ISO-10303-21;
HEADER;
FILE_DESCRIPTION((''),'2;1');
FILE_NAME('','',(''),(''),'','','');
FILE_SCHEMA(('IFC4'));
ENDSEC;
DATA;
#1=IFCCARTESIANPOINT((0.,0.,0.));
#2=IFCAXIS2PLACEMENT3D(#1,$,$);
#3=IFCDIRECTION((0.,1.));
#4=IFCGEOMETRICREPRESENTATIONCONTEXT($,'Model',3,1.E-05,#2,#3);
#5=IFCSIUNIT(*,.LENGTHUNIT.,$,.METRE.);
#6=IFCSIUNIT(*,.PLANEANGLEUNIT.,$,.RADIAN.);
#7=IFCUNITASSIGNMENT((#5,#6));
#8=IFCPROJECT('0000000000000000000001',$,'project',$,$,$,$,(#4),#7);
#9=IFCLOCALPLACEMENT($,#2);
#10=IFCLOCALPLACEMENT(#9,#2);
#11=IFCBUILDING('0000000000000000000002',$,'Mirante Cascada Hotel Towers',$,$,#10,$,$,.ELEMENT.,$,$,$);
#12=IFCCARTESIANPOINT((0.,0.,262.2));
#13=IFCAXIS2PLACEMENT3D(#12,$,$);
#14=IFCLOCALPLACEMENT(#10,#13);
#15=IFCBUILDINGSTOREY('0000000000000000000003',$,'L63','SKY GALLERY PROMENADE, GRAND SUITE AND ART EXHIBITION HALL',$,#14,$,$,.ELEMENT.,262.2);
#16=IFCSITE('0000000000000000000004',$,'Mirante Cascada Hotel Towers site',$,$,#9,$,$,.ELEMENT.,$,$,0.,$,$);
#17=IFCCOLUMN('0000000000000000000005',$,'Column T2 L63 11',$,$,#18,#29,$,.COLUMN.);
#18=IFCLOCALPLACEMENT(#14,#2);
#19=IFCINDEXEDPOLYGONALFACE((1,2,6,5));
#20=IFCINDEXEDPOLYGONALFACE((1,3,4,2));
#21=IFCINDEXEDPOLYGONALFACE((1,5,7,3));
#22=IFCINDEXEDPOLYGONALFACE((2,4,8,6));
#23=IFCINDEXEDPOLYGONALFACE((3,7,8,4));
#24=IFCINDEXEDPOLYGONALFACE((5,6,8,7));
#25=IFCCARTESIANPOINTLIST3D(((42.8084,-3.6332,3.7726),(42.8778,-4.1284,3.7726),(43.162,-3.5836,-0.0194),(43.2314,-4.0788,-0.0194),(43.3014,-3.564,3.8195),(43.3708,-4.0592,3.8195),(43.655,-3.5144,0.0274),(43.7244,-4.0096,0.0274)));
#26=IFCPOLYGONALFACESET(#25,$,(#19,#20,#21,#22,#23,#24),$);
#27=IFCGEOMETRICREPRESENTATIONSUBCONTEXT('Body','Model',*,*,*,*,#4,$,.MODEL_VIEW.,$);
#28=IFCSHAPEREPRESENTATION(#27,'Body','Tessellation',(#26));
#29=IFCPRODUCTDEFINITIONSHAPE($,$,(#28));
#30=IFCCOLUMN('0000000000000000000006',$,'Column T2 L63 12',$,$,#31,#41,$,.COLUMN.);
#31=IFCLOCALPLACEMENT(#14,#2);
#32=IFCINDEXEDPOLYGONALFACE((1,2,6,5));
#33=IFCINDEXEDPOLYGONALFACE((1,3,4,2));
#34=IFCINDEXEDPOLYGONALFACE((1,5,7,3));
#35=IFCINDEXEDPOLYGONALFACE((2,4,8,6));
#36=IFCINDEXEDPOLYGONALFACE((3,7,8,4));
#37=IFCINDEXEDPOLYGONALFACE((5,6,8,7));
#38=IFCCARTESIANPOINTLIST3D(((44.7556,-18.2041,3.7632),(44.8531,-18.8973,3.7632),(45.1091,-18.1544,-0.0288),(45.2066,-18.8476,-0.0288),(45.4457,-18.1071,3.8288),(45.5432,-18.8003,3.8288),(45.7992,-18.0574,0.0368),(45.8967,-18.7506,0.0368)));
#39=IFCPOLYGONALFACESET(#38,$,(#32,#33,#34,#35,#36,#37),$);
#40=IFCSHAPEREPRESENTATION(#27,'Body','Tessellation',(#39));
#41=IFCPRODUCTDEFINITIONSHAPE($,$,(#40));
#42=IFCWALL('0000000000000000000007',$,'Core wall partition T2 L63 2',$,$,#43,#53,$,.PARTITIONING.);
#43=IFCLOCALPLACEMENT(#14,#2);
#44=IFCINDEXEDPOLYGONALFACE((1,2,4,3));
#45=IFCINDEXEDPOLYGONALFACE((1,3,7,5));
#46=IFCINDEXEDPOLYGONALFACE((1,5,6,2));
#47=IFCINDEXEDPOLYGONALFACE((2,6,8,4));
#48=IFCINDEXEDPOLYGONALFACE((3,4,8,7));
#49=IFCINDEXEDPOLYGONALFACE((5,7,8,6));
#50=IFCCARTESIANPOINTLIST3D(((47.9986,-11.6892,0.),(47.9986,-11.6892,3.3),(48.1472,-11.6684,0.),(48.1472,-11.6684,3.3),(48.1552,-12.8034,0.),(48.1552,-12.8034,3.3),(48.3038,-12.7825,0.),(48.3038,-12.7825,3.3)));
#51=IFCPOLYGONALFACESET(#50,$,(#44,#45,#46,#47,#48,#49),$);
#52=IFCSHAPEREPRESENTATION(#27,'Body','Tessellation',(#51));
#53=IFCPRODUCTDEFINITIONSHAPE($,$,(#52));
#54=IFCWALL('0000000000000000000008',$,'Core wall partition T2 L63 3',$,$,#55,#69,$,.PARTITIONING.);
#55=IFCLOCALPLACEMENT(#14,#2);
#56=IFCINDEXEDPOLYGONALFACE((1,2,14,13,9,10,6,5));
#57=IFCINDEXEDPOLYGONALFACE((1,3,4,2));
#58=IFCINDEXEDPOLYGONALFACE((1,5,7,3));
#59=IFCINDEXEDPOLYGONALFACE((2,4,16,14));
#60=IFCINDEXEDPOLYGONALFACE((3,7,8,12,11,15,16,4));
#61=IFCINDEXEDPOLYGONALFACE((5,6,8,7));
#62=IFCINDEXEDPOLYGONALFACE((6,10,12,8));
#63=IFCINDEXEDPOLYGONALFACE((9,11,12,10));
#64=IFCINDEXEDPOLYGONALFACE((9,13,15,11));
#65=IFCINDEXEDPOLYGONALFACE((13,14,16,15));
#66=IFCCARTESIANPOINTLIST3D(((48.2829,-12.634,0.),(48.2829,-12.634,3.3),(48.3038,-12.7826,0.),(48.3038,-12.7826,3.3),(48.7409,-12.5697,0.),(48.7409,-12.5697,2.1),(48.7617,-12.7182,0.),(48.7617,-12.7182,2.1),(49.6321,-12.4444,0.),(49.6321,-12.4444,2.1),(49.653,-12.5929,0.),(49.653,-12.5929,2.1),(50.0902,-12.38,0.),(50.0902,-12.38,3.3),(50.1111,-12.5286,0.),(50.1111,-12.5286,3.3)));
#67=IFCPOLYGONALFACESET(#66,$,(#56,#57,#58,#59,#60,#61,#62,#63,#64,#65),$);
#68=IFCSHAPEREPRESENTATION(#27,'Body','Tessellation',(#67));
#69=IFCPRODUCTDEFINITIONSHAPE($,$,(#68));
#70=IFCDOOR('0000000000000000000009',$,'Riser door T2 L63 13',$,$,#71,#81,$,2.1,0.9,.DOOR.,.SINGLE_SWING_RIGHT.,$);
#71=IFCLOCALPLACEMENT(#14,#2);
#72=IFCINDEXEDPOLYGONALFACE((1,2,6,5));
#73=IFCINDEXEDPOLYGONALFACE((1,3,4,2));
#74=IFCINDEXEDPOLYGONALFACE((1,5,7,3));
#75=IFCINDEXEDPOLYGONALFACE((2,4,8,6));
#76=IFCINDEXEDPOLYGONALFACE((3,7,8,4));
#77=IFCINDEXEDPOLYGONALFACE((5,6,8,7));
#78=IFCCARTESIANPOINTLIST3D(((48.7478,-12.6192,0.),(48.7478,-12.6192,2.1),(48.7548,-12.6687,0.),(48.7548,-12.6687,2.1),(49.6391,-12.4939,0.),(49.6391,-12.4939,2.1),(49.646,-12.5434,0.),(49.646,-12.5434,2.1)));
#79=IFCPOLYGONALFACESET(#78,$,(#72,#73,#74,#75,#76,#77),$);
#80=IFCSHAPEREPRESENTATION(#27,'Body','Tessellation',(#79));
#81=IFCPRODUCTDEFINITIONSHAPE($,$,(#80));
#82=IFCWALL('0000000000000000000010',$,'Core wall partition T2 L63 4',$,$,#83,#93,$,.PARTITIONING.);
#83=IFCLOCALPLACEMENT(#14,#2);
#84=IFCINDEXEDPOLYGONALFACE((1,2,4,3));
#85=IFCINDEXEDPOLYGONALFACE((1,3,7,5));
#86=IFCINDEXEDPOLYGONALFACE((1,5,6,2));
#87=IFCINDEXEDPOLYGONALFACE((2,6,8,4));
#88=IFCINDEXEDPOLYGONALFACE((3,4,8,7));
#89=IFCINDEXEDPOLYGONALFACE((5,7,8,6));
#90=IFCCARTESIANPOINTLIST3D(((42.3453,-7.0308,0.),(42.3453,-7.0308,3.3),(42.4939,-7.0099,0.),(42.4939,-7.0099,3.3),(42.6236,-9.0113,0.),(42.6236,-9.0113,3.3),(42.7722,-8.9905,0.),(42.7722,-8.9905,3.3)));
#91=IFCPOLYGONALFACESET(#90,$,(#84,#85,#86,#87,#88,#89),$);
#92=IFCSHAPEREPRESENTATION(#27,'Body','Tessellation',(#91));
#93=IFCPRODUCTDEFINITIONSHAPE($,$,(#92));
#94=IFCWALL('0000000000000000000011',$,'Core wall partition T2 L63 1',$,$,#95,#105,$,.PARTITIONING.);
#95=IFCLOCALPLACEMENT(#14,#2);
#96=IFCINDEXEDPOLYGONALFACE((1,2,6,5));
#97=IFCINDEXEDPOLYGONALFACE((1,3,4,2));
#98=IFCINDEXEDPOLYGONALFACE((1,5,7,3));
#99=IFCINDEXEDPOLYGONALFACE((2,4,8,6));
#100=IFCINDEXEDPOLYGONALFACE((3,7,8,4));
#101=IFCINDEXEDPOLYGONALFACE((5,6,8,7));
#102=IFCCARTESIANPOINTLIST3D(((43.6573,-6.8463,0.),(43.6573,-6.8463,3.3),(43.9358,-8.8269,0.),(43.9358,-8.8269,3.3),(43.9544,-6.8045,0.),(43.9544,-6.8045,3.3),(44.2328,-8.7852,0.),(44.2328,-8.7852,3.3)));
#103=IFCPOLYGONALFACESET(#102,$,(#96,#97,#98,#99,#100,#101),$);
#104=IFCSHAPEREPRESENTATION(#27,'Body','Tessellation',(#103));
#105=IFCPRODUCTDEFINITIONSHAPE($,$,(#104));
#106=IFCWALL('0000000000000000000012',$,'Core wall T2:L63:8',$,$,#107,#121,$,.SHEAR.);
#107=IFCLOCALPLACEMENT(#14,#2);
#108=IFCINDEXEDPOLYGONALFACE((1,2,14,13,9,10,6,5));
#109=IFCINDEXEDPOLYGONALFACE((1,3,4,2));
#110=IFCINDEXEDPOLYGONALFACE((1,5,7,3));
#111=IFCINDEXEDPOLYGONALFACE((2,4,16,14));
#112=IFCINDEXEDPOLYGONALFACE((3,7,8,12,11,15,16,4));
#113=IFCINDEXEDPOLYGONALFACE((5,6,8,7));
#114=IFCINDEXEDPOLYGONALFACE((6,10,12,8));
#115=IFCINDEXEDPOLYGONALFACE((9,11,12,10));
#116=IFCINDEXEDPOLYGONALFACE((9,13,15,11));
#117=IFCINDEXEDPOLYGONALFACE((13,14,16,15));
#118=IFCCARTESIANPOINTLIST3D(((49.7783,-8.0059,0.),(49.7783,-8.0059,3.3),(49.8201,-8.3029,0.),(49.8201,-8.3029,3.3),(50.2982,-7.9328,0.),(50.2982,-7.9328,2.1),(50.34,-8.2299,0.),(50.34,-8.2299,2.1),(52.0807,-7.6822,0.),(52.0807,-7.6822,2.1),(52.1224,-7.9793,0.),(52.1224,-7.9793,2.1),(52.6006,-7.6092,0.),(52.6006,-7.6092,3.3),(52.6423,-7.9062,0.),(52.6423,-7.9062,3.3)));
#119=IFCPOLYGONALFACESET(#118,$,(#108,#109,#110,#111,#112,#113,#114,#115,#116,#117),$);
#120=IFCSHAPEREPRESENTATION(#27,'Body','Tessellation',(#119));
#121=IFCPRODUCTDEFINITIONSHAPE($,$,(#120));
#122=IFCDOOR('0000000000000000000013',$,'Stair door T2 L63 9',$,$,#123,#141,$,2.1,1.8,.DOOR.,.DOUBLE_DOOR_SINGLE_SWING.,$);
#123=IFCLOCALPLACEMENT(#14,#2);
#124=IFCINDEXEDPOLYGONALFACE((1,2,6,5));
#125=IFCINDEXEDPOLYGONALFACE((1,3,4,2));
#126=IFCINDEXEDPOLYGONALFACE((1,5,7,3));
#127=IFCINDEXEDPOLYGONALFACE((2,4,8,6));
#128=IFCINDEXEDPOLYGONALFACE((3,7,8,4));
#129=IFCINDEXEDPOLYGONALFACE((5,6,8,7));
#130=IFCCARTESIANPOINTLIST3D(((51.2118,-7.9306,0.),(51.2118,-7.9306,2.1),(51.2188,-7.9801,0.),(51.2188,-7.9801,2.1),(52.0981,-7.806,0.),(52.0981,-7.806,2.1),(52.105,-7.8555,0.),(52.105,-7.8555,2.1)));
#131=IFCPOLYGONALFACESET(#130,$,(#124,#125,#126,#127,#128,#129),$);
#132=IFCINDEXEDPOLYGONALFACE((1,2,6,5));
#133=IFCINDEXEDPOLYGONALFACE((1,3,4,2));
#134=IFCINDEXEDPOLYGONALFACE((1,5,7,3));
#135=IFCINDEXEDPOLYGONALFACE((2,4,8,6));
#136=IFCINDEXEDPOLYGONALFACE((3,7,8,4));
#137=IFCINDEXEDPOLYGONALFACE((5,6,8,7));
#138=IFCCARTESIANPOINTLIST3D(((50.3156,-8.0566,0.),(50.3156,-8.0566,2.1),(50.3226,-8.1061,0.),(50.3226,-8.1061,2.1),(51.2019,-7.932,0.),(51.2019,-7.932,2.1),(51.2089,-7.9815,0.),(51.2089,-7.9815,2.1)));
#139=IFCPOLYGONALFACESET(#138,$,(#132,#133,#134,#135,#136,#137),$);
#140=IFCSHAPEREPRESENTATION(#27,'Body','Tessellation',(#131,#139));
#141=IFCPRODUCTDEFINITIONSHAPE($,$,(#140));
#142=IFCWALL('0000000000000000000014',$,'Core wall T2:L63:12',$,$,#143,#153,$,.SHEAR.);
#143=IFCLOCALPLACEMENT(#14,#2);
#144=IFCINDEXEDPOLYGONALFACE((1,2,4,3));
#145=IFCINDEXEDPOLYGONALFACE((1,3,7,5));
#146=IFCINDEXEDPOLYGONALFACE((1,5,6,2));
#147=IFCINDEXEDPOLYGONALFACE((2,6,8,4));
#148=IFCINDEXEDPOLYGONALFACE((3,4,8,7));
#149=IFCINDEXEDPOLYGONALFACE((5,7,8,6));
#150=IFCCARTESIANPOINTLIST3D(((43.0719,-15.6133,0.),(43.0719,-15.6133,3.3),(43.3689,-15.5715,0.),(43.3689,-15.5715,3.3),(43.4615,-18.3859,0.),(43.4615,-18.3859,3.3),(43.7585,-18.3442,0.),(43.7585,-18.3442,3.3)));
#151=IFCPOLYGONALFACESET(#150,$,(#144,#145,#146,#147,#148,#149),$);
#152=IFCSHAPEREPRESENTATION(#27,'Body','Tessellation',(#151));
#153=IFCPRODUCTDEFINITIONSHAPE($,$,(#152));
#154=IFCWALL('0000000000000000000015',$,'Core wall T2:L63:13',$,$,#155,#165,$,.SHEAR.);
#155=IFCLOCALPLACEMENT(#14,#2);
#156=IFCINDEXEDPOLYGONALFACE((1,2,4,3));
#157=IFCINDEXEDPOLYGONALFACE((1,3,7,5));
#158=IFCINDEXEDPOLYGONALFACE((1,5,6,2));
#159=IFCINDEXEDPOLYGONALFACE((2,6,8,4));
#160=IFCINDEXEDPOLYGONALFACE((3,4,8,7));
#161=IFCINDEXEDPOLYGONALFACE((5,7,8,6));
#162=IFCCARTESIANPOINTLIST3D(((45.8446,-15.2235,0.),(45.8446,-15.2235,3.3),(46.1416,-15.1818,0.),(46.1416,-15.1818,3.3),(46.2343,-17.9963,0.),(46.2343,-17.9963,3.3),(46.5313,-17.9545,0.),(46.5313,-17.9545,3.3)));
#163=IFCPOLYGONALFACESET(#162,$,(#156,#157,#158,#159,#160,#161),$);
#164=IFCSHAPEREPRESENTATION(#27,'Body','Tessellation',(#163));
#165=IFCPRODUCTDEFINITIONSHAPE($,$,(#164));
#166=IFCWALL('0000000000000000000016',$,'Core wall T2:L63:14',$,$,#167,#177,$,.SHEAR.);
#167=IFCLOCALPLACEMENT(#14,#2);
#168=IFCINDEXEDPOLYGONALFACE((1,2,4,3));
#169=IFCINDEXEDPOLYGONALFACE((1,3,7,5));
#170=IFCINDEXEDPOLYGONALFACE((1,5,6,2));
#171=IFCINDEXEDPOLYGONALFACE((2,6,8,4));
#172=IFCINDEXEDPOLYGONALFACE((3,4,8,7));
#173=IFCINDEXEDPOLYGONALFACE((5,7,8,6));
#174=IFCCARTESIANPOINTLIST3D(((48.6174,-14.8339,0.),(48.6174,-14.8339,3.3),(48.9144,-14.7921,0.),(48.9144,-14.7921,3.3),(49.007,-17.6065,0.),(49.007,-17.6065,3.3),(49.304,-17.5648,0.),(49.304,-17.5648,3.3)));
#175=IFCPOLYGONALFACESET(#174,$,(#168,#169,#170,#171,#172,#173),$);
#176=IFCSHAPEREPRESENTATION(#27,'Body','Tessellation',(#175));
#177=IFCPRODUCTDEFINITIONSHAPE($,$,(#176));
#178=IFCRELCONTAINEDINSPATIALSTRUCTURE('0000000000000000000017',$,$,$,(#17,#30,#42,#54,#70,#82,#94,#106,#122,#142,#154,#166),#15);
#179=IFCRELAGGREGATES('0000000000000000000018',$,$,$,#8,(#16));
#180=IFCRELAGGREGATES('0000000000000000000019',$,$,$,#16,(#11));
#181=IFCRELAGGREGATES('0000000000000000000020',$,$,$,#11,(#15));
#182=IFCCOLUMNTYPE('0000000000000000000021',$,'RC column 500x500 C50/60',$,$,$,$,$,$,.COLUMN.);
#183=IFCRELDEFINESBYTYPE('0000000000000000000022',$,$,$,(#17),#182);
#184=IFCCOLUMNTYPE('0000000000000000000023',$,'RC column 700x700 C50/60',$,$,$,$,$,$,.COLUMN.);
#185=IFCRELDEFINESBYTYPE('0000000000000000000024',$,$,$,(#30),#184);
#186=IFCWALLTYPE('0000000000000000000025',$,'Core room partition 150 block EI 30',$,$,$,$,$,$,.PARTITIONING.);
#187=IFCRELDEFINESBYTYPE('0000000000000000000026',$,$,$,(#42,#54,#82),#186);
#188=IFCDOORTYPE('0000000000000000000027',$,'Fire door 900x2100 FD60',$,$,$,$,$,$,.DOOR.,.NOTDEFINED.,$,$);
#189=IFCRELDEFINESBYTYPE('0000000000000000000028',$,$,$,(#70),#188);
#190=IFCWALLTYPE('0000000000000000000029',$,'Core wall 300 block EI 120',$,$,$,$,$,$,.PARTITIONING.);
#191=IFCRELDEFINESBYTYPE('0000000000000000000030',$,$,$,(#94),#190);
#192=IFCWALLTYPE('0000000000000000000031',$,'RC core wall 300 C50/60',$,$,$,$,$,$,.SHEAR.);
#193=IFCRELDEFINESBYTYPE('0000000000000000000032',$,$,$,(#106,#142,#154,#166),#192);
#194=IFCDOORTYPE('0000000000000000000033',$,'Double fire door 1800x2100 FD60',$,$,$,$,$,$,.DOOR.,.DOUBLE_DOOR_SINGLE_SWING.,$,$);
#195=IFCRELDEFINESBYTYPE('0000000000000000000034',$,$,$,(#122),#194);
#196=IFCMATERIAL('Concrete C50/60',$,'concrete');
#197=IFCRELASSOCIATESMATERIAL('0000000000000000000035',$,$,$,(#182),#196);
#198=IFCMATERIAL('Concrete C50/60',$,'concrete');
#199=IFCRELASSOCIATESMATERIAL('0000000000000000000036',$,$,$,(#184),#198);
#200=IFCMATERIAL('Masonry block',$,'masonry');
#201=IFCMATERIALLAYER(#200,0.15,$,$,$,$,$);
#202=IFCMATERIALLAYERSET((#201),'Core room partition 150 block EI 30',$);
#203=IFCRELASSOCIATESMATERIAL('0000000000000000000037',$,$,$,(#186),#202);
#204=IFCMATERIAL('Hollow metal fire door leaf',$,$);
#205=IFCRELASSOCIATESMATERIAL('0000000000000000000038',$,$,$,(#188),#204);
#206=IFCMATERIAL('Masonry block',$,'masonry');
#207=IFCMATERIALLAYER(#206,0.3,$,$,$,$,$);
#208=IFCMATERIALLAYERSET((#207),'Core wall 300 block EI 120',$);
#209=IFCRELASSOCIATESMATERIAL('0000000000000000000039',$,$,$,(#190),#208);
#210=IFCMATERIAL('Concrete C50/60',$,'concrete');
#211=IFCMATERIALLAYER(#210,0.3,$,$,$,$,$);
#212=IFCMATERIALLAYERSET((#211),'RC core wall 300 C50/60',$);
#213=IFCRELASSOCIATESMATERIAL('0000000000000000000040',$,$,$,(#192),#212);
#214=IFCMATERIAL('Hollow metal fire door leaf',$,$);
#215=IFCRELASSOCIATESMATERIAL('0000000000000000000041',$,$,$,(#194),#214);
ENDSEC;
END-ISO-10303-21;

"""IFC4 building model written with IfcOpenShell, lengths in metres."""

from ifc_helpers import new_model, si_unit, direction, frame, frame_2d, origin, origin_2d, place, context, subcontext, project, spatial, rectangle, extrude, material, layer, layer_set, material_profile, profile_set, type_object, element, fill, save


model = new_model("IFC4")

# Units and contexts
model_context = context("Model", 3, precision=1e-05, world=origin(), true_north=direction((0.0, 1.0)))
body_context = subcontext(model_context, "Body", "Model", "MODEL_VIEW")
ifc_project = project(units=[si_unit("LENGTHUNIT", "METRE"), si_unit("PLANEANGLEUNIT", "RADIAN")], contexts=[model_context])

# Site, building, storey
site_placement = place(None, origin())
site = spatial("IfcSite", under=ifc_project, at=site_placement, Name="Mirante Cascada Hotel Towers site", CompositionType="ELEMENT", RefElevation=0.0)
building_placement = place(site_placement, origin())
building = spatial("IfcBuilding", under=site, at=building_placement, Name="Mirante Cascada Hotel Towers", CompositionType="ELEMENT")
storey_placement = place(building_placement, frame((0.0, 0.0, 262.2)))
storey = spatial("IfcBuildingStorey", under=building, at=storey_placement, Name="L63", Description="SKY GALLERY PROMENADE, GRAND SUITE AND ART EXHIBITION HALL", CompositionType="ELEMENT", Elevation=262.2)

# Columns
ifc_material_1 = material(Name="Concrete C50/60", Category="concrete")
ifc_material_profile_1 = material_profile(ifc_material_1, rectangle(XDim=0.5, YDim=0.5, at=origin_2d()), Name="RC column 500x500 C50/60")
ifc_profile_set_1 = profile_set([ifc_material_profile_1], Name="Concrete C50/60")
column_type_1 = type_object("IfcColumnType", Name="RC column 500x500 C50/60", PredefinedType="COLUMN", material=ifc_profile_set_1)
column_1_placement = place(storey_placement, frame((43.4432, -3.7966, 0.004), z_axis=(-0.092838, -0.013023, 0.995596), x_axis=(0.138911, -0.990305, 0.0)))
element("IfcColumn", 1, at=column_1_placement, inside=storey, type_object=column_type_1, Name="Column T2 L63 11", PredefinedType="COLUMN", context=body_context, shape_type="SweptSolid", body=[
    extrude(rectangle(XDim=0.5, YDim=0.5, at=origin_2d()), origin(), (0.0, 0.0, 1.0), 3.8088),
])
ifc_material_2 = material(Name="Concrete C50/60", Category="concrete")
ifc_material_profile_2 = material_profile(ifc_material_2, rectangle(XDim=0.7, YDim=0.7, at=origin_2d()), Name="RC column 700x700 C50/60")
ifc_profile_set_2 = profile_set([ifc_material_profile_2], Name="Concrete C50/60")
column_type_2 = type_object("IfcColumnType", Name="RC column 700x700 C50/60", PredefinedType="COLUMN", material=ifc_profile_set_2)
column_2_placement = place(storey_placement, frame((45.5029, -18.4525, 0.004), z_axis=(-0.092812, -0.013049, 0.995598), x_axis=(0.139225, -0.990261, 0.0)))
element("IfcColumn", 2, at=column_2_placement, inside=storey, type_object=column_type_2, Name="Column T2 L63 12", PredefinedType="COLUMN", context=body_context, shape_type="SweptSolid", body=[
    extrude(rectangle(XDim=0.7, YDim=0.7, at=origin_2d()), origin(), (0.0, 0.0, 1.0), 3.8088),
])

# Wall
ifc_material_3 = material(Name="Masonry block", Category="masonry")
ifc_layer_1 = layer(ifc_material_3, 0.15)
ifc_layer_set_1 = layer_set([ifc_layer_1], Name="Core room partition 150 block EI 30")
wall_type_1 = type_object("IfcWallType", Name="Core room partition 150 block EI 30", PredefinedType="PARTITIONING", material=ifc_layer_set_1)
wall_1_placement = place(storey_placement, frame((48.2295, -12.793, 0.0), z_axis=(0.0, 0.0, 1.0), x_axis=(-0.139193, 0.990265, 0.0)))
element("IfcWall", 3, at=wall_1_placement, inside=storey, type_object=wall_type_1, Name="Core wall partition T2 L63 2", PredefinedType="PARTITIONING", context=body_context, shape_type="SweptSolid", body=[
    extrude(rectangle(XDim=1.1251, YDim=0.15, at=frame_2d((0.5626, 0.0))), origin(), (0.0, 0.0, 1.0), 3.3),
])

# Wall, opening, door
wall_2_placement = place(storey_placement, frame((48.2933, -12.7083, 0.0), z_axis=(0.0, 0.0, 1.0), x_axis=(0.990268, 0.139173, 0.0)))
wall_2 = element("IfcWall", 4, at=wall_2_placement, inside=storey, type_object=wall_type_1, Name="Core wall partition T2 L63 3", PredefinedType="PARTITIONING", context=body_context, shape_type="SweptSolid", body=[
    extrude(rectangle(XDim=1.8251, YDim=0.15, at=frame_2d((0.9126, 0.0))), origin(), (0.0, 0.0, 1.0), 3.3),
])
opening_1_placement = place(wall_2_placement, frame((0.4625, 0.0, 0.0)))
opening_1 = element("IfcOpeningElement", 5, at=opening_1_placement, cuts=wall_2, PredefinedType="OPENING", context=body_context, shape_type="SweptSolid", body=[
    extrude(rectangle(XDim=0.9, YDim=2.1, at=frame_2d((0.45, 1.05))), frame((0.0, 0.075, 0.0), z_axis=(0.0, -1.0, 0.0), x_axis=(1.0, 0.0, 0.0)), (0.0, 0.0, 1.0), 0.15),
])
ifc_material_4 = material(Name="Hollow metal fire door leaf")
door_type_1 = type_object("IfcDoorType", Name="Fire door 900x2100 FD60", OperationType="NOTDEFINED", PredefinedType="DOOR", material=ifc_material_4)
door_1_placement = place(opening_1_placement, frame((0.9, 0.0, 0.0), z_axis=(0.0, 0.0, 1.0), x_axis=(-1.0, 0.0, 0.0)))
door_1 = element("IfcDoor", 6, at=door_1_placement, inside=storey, type_object=door_type_1, Name="Riser door T2 L63 13", OperationType="SINGLE_SWING_RIGHT", OverallHeight=2.1, OverallWidth=0.9, PredefinedType="DOOR", context=body_context, shape_type="SweptSolid", body=[
    extrude(rectangle(XDim=0.9, YDim=2.1, at=frame_2d((0.45, 1.05))), frame((0.0, 0.025, 0.0), z_axis=(0.0, -1.0, 0.0), x_axis=(1.0, 0.0, 0.0)), (0.0, 0.0, 1.0), 0.05),
])
fill(opening_1, door_1)

# Walls
wall_3_placement = place(storey_placement, frame((42.6979, -9.0009, 0.0), z_axis=(0.0, 0.0, 1.0), x_axis=(-0.139153, 0.990271, 0.0)))
element("IfcWall", 7, at=wall_3_placement, inside=storey, type_object=wall_type_1, Name="Core wall partition T2 L63 4", PredefinedType="PARTITIONING", context=body_context, shape_type="SweptSolid", body=[
    extrude(rectangle(XDim=2.0, YDim=0.15, at=frame_2d((1.0, 0.0))), origin(), (0.0, 0.0, 1.0), 3.3),
])
ifc_material_5 = material(Name="Masonry block", Category="masonry")
ifc_layer_2 = layer(ifc_material_5, 0.3)
ifc_layer_set_2 = layer_set([ifc_layer_2], Name="Core wall 300 block EI 120")
wall_type_2 = type_object("IfcWallType", Name="Core wall 300 block EI 120", PredefinedType="PARTITIONING", material=ifc_layer_set_2)
wall_4_placement = place(storey_placement, frame((44.0843, -8.8061, 0.0), z_axis=(0.0, 0.0, 1.0), x_axis=(-0.139195, 0.990265, 0.0)))
element("IfcWall", 8, at=wall_4_placement, inside=storey, type_object=wall_type_2, Name="Core wall partition T2 L63 1", PredefinedType="PARTITIONING", context=body_context, shape_type="SweptSolid", body=[
    extrude(rectangle(XDim=2.0001, YDim=0.3, at=frame_2d((1.0001, 0.0))), origin(), (0.0, 0.0, 1.0), 3.3),
])

# Wall, opening, door
ifc_material_6 = material(Name="Concrete C50/60", Category="concrete")
ifc_layer_3 = layer(ifc_material_6, 0.3)
ifc_layer_set_3 = layer_set([ifc_layer_3], Name="RC core wall 300 C50/60")
wall_type_3 = type_object("IfcWallType", Name="RC core wall 300 C50/60", PredefinedType="SHEAR", material=ifc_layer_set_3)
wall_5_placement = place(storey_placement, frame((49.7992, -8.1544, 0.0), z_axis=(0.0, 0.0, 1.0), x_axis=(0.990266, 0.139191, 0.0)))
wall_5 = element("IfcWall", 9, at=wall_5_placement, inside=storey, type_object=wall_type_3, Name="Core wall T2:L63:8", PredefinedType="SHEAR", context=body_context, shape_type="SweptSolid", body=[
    extrude(rectangle(XDim=2.85, YDim=0.3, at=frame_2d((1.425, 0.0))), origin(), (0.0, 0.0, 1.0), 3.3),
])
opening_2_placement = place(wall_5_placement, frame((0.525, 0.0, 0.0)))
opening_2 = element("IfcOpeningElement", 10, at=opening_2_placement, cuts=wall_5, PredefinedType="OPENING", context=body_context, shape_type="SweptSolid", body=[
    extrude(rectangle(XDim=1.8, YDim=2.1, at=frame_2d((0.9, 1.05))), frame((0.0, 0.15, 0.0), z_axis=(0.0, -1.0, 0.0), x_axis=(1.0, 0.0, 0.0)), (0.0, 0.0, 1.0), 0.3),
])
ifc_material_7 = material(Name="Hollow metal fire door leaf")
door_type_2 = type_object("IfcDoorType", Name="Double fire door 1800x2100 FD60", OperationType="DOUBLE_DOOR_SINGLE_SWING", PredefinedType="DOOR", material=ifc_material_7)
door_2_placement = place(opening_2_placement, frame((1.8, 0.0, 0.0), z_axis=(0.0, 0.0, 1.0), x_axis=(-1.0, 0.0, 0.0)))
door_2 = element("IfcDoor", 11, at=door_2_placement, inside=storey, type_object=door_type_2, Name="Stair door T2 L63 9", OperationType="DOUBLE_DOOR_SINGLE_SWING", OverallHeight=2.1, OverallWidth=1.8, PredefinedType="DOOR", context=body_context, shape_type="SweptSolid", body=[
    extrude(rectangle(XDim=0.895, YDim=2.1, at=frame_2d((0.4475, 1.05))), frame((0.0, 0.025, 0.0), z_axis=(0.0, -1.0, 0.0), x_axis=(1.0, 0.0, 0.0)), (0.0, 0.0, 1.0), 0.05),
    extrude(rectangle(XDim=0.895, YDim=2.1, at=frame_2d((1.3525, 1.05))), frame((0.0, 0.025, 0.0), z_axis=(0.0, -1.0, 0.0), x_axis=(1.0, 0.0, 0.0)), (0.0, 0.0, 1.0), 0.05),
])
fill(opening_2, door_2)

# Walls
wall_6_placement = place(storey_placement, frame((43.61, -18.3651, 0.0), z_axis=(0.0, 0.0, 1.0), x_axis=(-0.139146, 0.990272, 0.0)))
element("IfcWall", 12, at=wall_6_placement, inside=storey, type_object=wall_type_3, Name="Core wall T2:L63:12", PredefinedType="SHEAR", context=body_context, shape_type="SweptSolid", body=[
    extrude(rectangle(XDim=2.7999, YDim=0.3, at=frame_2d((1.4, 0.0))), origin(), (0.0, 0.0, 1.0), 3.3),
])
wall_7_placement = place(storey_placement, frame((46.3828, -17.9754, 0.0), z_axis=(0.0, 0.0, 1.0), x_axis=(-0.139181, 0.990267, 0.0)))
element("IfcWall", 13, at=wall_7_placement, inside=storey, type_object=wall_type_3, Name="Core wall T2:L63:13", PredefinedType="SHEAR", context=body_context, shape_type="SweptSolid", body=[
    extrude(rectangle(XDim=2.8, YDim=0.3, at=frame_2d((1.4, 0.0))), origin(), (0.0, 0.0, 1.0), 3.3),
])
wall_8_placement = place(storey_placement, frame((49.1555, -17.5857, 0.0), z_axis=(0.0, 0.0, 1.0), x_axis=(-0.139146, 0.990272, 0.0)))
element("IfcWall", 14, at=wall_8_placement, inside=storey, type_object=wall_type_3, Name="Core wall T2:L63:14", PredefinedType="SHEAR", context=body_context, shape_type="SweptSolid", body=[
    extrude(rectangle(XDim=2.7999, YDim=0.3, at=frame_2d((1.4, 0.0))), origin(), (0.0, 0.0, 1.0), 3.3),
])

save(model, "model.ifc")
